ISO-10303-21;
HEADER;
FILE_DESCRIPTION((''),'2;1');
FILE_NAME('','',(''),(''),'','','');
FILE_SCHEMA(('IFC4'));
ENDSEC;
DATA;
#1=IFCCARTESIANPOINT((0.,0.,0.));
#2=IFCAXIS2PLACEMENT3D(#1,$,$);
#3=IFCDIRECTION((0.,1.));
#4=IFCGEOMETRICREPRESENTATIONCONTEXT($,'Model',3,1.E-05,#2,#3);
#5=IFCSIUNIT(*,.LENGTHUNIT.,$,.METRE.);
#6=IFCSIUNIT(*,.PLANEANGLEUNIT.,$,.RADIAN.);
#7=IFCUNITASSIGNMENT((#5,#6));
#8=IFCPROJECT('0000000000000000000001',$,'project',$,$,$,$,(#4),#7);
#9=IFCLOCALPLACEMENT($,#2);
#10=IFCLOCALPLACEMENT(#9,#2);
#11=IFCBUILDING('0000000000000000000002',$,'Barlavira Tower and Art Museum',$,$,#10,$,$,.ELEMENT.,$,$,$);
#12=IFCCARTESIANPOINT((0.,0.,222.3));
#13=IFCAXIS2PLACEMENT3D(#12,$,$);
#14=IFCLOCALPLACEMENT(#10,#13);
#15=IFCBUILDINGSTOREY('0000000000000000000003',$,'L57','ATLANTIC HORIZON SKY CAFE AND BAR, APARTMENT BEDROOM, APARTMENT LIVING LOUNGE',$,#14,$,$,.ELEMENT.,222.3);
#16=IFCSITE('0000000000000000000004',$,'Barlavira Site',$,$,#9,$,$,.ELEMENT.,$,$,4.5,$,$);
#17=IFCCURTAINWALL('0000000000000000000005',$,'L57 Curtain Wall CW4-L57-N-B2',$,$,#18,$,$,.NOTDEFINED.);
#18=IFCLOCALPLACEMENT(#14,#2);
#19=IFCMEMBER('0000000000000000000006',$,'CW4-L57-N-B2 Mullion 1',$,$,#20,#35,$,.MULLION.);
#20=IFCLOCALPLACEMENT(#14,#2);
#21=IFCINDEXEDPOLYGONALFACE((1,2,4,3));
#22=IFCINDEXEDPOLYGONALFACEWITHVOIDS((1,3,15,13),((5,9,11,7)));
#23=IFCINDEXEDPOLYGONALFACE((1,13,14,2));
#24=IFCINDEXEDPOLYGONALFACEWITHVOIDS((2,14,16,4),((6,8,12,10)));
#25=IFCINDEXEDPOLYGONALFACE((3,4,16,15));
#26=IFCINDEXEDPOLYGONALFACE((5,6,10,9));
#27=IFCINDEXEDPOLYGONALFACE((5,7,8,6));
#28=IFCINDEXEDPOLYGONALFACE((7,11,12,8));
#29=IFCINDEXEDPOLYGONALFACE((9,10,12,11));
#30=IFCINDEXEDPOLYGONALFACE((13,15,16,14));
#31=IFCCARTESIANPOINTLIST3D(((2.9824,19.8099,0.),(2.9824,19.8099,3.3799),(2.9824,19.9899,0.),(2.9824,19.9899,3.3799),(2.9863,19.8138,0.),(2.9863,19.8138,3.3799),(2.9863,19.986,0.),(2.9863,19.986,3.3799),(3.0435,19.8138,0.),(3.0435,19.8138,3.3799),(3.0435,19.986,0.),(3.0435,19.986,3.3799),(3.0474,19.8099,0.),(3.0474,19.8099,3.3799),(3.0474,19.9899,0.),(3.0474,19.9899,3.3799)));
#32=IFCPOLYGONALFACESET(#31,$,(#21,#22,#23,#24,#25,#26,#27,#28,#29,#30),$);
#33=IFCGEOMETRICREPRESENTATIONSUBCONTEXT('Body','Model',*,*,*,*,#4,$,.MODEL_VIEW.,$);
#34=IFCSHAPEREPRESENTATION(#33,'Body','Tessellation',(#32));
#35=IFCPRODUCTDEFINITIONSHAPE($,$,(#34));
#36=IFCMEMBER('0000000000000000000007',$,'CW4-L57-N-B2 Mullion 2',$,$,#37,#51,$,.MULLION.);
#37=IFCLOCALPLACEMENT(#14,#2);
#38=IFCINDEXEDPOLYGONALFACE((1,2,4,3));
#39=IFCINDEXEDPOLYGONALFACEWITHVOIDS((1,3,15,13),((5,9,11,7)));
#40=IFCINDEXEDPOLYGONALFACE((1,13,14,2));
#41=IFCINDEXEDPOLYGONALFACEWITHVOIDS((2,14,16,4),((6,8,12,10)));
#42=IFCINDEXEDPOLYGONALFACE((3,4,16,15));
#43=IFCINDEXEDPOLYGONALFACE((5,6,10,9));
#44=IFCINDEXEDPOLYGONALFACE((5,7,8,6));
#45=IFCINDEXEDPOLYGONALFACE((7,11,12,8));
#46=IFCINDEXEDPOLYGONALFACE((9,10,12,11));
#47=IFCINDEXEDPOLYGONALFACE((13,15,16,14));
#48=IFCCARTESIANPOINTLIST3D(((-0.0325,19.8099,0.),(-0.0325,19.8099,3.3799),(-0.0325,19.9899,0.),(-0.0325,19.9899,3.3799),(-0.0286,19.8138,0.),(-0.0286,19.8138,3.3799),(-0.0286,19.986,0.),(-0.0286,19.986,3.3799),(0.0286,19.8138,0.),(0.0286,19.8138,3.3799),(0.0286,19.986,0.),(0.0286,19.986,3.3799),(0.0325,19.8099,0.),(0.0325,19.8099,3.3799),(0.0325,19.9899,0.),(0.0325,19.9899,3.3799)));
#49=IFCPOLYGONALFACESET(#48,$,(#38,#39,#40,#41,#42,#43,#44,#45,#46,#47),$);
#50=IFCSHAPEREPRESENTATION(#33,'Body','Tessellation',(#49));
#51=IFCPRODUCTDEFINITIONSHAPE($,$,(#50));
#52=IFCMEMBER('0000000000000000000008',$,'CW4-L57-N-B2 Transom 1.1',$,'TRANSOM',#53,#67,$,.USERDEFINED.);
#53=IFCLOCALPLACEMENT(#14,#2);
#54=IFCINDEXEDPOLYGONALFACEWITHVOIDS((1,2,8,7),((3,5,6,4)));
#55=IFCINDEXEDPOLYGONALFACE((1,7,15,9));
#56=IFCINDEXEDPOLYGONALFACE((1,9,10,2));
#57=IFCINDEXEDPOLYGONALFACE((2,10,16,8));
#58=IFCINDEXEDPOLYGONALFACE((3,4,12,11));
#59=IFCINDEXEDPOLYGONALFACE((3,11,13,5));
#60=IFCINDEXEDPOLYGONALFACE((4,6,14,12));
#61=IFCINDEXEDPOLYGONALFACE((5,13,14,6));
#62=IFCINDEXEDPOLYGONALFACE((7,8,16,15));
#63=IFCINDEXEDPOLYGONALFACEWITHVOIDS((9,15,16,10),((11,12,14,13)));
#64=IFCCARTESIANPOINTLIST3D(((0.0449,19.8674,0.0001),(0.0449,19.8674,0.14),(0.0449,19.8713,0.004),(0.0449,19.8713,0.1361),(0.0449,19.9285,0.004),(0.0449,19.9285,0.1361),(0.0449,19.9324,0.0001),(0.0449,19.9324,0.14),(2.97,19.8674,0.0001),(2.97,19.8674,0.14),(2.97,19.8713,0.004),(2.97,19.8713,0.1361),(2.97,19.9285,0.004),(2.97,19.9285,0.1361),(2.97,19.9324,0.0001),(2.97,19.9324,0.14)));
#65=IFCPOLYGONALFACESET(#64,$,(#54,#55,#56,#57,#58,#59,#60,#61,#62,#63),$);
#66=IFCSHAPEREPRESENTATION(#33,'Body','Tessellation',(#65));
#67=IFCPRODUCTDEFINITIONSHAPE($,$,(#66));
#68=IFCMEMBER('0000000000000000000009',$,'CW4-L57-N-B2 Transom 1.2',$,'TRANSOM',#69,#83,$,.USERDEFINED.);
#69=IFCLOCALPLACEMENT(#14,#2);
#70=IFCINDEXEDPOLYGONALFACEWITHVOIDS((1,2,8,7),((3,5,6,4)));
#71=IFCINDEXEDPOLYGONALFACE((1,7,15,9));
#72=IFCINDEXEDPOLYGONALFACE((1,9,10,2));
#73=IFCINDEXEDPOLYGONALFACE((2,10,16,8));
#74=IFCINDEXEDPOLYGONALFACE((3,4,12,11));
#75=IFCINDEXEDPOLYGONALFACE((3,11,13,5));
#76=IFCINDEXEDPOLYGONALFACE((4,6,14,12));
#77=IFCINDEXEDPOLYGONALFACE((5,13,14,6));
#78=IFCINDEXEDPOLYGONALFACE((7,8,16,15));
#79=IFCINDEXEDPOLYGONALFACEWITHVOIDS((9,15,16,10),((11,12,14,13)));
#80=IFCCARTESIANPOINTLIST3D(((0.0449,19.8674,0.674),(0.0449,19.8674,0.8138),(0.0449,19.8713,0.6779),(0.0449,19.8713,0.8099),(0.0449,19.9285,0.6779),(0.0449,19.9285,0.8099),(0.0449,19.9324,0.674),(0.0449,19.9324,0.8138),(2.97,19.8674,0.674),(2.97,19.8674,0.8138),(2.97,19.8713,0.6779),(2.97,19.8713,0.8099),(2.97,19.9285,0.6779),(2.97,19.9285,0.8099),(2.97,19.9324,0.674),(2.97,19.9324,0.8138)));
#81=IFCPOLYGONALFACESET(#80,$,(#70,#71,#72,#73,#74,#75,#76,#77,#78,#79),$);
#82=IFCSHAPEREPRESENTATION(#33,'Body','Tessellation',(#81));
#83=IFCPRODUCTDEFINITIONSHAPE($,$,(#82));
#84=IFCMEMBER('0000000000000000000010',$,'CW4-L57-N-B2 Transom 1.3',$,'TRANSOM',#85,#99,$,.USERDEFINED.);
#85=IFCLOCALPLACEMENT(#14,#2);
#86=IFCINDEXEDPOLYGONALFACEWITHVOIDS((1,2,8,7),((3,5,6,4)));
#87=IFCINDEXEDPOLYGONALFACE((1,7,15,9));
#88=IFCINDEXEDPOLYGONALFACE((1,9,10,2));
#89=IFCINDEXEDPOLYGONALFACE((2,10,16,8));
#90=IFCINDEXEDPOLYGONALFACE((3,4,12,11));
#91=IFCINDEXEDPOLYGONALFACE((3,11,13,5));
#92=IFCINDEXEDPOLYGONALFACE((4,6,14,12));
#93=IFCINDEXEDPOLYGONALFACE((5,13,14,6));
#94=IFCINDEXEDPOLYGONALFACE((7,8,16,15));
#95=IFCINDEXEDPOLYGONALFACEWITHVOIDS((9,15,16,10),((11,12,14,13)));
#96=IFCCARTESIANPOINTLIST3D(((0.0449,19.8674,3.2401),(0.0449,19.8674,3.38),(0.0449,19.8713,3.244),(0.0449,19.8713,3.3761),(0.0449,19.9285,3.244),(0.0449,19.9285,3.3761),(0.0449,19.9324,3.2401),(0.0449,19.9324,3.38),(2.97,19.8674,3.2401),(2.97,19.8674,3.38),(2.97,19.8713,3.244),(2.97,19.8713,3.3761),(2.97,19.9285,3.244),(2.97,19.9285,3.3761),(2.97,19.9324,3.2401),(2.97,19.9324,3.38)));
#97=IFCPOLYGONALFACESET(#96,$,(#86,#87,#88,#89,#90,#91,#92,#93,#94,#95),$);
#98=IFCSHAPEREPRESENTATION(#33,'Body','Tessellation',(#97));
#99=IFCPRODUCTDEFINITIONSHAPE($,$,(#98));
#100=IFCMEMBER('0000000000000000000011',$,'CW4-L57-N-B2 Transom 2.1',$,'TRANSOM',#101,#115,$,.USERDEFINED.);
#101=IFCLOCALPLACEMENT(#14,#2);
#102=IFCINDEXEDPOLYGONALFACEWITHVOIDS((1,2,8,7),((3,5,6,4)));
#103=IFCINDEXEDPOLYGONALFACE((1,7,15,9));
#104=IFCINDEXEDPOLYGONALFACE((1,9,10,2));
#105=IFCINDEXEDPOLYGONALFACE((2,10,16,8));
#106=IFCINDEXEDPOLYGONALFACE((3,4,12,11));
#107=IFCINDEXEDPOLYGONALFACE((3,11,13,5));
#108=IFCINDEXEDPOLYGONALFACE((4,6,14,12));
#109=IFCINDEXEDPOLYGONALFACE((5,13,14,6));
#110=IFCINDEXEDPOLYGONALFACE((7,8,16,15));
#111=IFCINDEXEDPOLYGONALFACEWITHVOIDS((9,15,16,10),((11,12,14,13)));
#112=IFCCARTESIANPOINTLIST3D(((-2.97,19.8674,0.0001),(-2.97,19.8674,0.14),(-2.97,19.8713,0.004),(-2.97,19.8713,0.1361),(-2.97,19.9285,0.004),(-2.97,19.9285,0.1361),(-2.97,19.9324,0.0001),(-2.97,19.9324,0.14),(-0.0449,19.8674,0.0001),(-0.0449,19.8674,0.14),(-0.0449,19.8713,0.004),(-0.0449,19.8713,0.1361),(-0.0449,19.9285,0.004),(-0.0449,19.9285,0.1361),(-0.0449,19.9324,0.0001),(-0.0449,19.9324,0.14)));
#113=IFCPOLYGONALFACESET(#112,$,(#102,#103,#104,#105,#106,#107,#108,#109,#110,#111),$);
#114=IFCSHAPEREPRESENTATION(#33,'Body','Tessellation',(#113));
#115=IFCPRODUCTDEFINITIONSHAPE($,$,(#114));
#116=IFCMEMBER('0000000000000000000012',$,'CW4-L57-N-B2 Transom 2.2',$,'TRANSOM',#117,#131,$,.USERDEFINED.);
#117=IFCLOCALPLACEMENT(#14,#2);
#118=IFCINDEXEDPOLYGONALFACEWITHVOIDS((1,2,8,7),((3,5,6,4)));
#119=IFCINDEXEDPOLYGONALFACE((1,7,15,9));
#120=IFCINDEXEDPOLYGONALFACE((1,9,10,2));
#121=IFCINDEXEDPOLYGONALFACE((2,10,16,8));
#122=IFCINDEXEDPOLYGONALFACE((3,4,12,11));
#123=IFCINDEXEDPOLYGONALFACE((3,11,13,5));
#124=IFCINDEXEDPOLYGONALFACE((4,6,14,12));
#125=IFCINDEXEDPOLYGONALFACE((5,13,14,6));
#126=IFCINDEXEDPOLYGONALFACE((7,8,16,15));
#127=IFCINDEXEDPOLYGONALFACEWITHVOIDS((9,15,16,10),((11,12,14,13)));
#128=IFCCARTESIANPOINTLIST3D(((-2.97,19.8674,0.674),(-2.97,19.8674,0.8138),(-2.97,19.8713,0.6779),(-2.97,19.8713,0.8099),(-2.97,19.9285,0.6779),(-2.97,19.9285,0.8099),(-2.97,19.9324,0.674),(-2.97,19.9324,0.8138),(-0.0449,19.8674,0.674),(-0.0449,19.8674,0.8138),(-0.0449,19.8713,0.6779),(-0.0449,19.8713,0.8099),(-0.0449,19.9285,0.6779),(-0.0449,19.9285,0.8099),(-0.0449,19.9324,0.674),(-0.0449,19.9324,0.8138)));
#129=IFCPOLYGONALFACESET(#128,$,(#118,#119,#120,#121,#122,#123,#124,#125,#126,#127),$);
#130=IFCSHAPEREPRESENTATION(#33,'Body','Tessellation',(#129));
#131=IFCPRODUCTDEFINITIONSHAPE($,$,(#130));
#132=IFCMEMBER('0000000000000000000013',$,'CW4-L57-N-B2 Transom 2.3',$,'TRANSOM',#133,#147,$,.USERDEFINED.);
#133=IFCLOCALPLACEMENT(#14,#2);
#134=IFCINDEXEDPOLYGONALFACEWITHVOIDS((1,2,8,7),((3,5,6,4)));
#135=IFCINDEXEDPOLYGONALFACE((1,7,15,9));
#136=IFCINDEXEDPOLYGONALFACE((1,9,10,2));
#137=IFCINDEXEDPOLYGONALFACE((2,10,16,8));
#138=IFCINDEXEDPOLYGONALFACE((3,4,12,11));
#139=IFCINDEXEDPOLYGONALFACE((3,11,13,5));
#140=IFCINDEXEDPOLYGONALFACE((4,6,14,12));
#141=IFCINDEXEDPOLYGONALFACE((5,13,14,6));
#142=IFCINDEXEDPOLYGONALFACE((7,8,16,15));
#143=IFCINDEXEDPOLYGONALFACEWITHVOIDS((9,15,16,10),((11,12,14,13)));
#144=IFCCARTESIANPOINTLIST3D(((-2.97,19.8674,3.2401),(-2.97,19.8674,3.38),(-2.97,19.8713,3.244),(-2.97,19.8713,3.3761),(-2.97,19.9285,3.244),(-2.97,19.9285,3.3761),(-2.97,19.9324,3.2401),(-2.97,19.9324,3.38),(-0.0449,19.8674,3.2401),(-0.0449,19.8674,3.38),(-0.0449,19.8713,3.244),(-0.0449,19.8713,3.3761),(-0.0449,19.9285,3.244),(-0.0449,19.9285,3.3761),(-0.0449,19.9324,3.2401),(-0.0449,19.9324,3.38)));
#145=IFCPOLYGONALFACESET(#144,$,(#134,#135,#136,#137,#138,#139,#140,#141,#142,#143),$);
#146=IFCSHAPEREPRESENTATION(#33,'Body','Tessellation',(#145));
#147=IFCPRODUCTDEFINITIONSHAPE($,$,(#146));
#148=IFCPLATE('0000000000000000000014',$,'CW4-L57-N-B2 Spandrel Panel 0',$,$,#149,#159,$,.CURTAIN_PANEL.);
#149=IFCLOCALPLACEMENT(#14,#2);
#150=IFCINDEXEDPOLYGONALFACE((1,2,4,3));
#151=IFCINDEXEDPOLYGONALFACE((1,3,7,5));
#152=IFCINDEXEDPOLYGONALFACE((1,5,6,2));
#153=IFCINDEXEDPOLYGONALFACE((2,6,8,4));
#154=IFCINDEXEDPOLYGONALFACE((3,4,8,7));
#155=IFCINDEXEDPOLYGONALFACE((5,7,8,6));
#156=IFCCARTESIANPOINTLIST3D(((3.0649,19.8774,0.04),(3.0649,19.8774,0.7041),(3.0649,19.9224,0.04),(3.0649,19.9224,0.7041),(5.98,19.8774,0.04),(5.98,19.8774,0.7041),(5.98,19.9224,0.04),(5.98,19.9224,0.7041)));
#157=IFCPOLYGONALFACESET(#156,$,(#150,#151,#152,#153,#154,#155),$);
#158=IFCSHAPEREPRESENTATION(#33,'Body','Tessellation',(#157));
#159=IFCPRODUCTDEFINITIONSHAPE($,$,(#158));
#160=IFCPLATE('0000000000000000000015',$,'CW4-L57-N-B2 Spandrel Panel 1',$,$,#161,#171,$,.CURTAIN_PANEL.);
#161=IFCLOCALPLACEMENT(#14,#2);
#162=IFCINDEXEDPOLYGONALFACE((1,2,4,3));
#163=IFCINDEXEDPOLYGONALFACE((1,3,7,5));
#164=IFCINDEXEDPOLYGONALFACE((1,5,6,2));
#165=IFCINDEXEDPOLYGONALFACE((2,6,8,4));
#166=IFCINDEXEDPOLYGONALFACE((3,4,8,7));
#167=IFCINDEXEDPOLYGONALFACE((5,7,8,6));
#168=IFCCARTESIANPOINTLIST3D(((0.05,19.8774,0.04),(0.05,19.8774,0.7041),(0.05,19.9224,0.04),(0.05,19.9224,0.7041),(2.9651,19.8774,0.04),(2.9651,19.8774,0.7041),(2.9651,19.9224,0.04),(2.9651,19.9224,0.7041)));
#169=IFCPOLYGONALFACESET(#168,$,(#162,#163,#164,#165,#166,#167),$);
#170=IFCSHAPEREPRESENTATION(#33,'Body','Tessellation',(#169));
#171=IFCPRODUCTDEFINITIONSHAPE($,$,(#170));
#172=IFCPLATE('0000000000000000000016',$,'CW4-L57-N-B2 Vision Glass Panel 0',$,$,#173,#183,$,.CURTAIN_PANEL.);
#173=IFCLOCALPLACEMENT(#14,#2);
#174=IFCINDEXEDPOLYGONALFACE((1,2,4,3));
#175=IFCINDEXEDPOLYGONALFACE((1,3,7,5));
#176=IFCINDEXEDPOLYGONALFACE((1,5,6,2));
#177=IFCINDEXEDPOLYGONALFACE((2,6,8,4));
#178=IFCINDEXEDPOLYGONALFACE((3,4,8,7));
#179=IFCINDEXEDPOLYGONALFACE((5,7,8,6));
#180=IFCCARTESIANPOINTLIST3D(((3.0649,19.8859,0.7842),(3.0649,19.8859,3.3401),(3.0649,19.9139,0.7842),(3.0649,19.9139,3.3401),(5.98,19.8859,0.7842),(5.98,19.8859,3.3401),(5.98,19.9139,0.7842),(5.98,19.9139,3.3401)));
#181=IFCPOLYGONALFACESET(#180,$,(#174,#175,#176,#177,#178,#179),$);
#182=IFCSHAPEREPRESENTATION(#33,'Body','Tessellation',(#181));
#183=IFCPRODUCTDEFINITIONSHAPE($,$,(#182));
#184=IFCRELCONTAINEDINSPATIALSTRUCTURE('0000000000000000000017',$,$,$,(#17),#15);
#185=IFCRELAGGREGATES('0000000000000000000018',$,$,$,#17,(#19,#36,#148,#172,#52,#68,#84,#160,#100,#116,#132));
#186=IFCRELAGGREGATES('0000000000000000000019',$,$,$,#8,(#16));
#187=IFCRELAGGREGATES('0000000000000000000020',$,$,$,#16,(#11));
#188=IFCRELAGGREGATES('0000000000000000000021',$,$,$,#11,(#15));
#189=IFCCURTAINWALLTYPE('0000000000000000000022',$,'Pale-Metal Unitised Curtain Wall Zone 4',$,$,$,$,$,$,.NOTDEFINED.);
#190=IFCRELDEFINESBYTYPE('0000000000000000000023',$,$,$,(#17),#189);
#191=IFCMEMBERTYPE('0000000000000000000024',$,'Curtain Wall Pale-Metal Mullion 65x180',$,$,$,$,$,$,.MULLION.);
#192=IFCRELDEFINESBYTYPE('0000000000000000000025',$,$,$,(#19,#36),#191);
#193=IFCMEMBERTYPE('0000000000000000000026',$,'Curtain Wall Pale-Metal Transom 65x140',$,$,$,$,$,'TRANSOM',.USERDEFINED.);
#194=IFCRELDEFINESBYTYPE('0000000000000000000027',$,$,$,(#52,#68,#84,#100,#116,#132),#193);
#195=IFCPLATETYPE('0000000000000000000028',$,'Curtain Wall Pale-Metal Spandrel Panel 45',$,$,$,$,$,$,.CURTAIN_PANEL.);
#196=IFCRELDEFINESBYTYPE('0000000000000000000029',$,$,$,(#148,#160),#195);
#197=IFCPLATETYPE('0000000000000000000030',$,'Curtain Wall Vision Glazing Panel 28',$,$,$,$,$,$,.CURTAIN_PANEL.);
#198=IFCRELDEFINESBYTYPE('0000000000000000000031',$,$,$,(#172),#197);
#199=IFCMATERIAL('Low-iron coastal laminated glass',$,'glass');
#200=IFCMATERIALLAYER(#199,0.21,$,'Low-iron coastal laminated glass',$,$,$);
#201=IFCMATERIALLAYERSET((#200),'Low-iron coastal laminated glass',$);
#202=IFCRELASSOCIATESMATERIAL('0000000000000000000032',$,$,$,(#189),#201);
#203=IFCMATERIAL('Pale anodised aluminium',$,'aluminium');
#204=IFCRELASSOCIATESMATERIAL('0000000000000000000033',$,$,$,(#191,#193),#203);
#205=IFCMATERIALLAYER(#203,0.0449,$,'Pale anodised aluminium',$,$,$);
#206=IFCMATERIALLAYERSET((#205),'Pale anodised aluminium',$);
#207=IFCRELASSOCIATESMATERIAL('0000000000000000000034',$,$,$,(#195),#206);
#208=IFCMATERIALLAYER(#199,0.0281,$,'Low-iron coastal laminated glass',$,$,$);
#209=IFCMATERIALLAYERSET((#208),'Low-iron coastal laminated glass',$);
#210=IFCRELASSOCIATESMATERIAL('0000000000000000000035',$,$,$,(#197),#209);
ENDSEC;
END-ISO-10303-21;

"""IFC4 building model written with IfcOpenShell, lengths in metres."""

from ifc_helpers import new_model, si_unit, direction, frame, origin, origin_2d, place, context, subcontext, project, spatial, rectangle, hollow_rectangle, extrude, material, layer, layer_set, material_profile, profile_set, type_object, element, aggregate, save


model = new_model("IFC4")

# Units and contexts
model_context = context("Model", 3, precision=1e-05, world=origin(), true_north=direction((0.0, 1.0)))
body_context = subcontext(model_context, "Body", "Model", "MODEL_VIEW")
ifc_project = project(units=[si_unit("LENGTHUNIT", "METRE"), si_unit("PLANEANGLEUNIT", "RADIAN")], contexts=[model_context])

# Site, building, storey
site_placement = place(None, origin())
site = spatial("IfcSite", under=ifc_project, at=site_placement, Name="Barlavira Site", CompositionType="ELEMENT", RefElevation=4.5)
building_placement = place(site_placement, origin())
building = spatial("IfcBuilding", under=site, at=building_placement, Name="Barlavira Tower and Art Museum", CompositionType="ELEMENT")
storey_placement = place(building_placement, frame((0.0, 0.0, 222.3)))
storey = spatial("IfcBuildingStorey", under=building, at=storey_placement, Name="L57", Description="ATLANTIC HORIZON SKY CAFE AND BAR, APARTMENT BEDROOM, APARTMENT LIVING LOUNGE", CompositionType="ELEMENT", Elevation=222.3)

# Curtain wall, members, plates
ifc_material_1 = material(Name="Low-iron coastal laminated glass", Category="glass")
ifc_layer_1 = layer(ifc_material_1, 0.21, Name="Low-iron coastal laminated glass")
ifc_layer_set_1 = layer_set([ifc_layer_1], Name="Low-iron coastal laminated glass")
curtain_wall_type = type_object("IfcCurtainWallType", Name="Pale-Metal Unitised Curtain Wall Zone 4", PredefinedType="NOTDEFINED", material=ifc_layer_set_1)
curtain_wall_placement = place(storey_placement, origin())
curtain_wall = element("IfcCurtainWall", 1, at=curtain_wall_placement, inside=storey, type_object=curtain_wall_type, Name="L57 Curtain Wall CW4-L57-N-B2", PredefinedType="NOTDEFINED")
ifc_material_2 = material(Name="Pale anodised aluminium", Category="aluminium")
ifc_material_profile_1 = material_profile(ifc_material_2, hollow_rectangle(XDim=0.0649, YDim=0.1799, WallThickness=0.0039, at=origin_2d()), Name="ALU-MULL 65x180x4")
ifc_profile_set_1 = profile_set([ifc_material_profile_1], Name="Pale anodised aluminium")
member_type_1 = type_object("IfcMemberType", Name="Curtain Wall Pale-Metal Mullion 65x180", PredefinedType="MULLION", material=ifc_profile_set_1)
member_1_placement = place(storey_placement, frame((3.0149, 19.8999, 0.0), z_axis=(0.0, 0.0, 1.0), x_axis=(-1.0, 0.0, 0.0)))
member_1 = element("IfcMember", 2, at=member_1_placement, type_object=member_type_1, Name="CW4-L57-N-B2 Mullion 1", PredefinedType="MULLION", context=body_context, shape_type="SweptSolid", body=[
    extrude(hollow_rectangle(XDim=0.0649, YDim=0.1799, WallThickness=0.0039, at=origin_2d()), origin(), (0.0, 0.0, 1.0), 3.3799),
])
member_2_placement = place(storey_placement, frame((0.0, 19.8999, 0.0), z_axis=(0.0, 0.0, 1.0), x_axis=(-1.0, 0.0, 0.0)))
member_2 = element("IfcMember", 3, at=member_2_placement, type_object=member_type_1, Name="CW4-L57-N-B2 Mullion 2", PredefinedType="MULLION", context=body_context, shape_type="SweptSolid", body=[
    extrude(hollow_rectangle(XDim=0.0649, YDim=0.1799, WallThickness=0.0039, at=origin_2d()), origin(), (0.0, 0.0, 1.0), 3.3799),
])
ifc_material_profile_2 = material_profile(ifc_material_2, hollow_rectangle(XDim=0.0649, YDim=0.1399, WallThickness=0.0039, at=origin_2d()), Name="ALU-TRAN 65x140x4")
ifc_profile_set_2 = profile_set([ifc_material_profile_2], Name="Pale anodised aluminium")
member_type_2 = type_object("IfcMemberType", Name="Curtain Wall Pale-Metal Transom 65x140", ElementType="TRANSOM", PredefinedType="USERDEFINED", material=ifc_profile_set_2)
member_3_placement = place(storey_placement, frame((2.97, 19.8999, 0.0701), z_axis=(-1.0, 0.0, 0.0), x_axis=(0.0, -1.0, 0.0)))
member_3 = element("IfcMember", 4, at=member_3_placement, type_object=member_type_2, Name="CW4-L57-N-B2 Transom 1.1", ObjectType="TRANSOM", PredefinedType="USERDEFINED", context=body_context, shape_type="SweptSolid", body=[
    extrude(hollow_rectangle(XDim=0.0649, YDim=0.1399, WallThickness=0.0039, at=origin_2d()), origin(), (0.0, 0.0, 1.0), 2.925),
])
member_4_placement = place(storey_placement, frame((2.97, 19.8999, 0.7439), z_axis=(-1.0, 0.0, 0.0), x_axis=(0.0, -1.0, 0.0)))
member_4 = element("IfcMember", 5, at=member_4_placement, type_object=member_type_2, Name="CW4-L57-N-B2 Transom 1.2", ObjectType="TRANSOM", PredefinedType="USERDEFINED", context=body_context, shape_type="SweptSolid", body=[
    extrude(hollow_rectangle(XDim=0.0649, YDim=0.1399, WallThickness=0.0039, at=origin_2d()), origin(), (0.0, 0.0, 1.0), 2.925),
])
member_5_placement = place(storey_placement, frame((2.97, 19.8999, 3.3101), z_axis=(-1.0, 0.0, 0.0), x_axis=(0.0, -1.0, 0.0)))
member_5 = element("IfcMember", 6, at=member_5_placement, type_object=member_type_2, Name="CW4-L57-N-B2 Transom 1.3", ObjectType="TRANSOM", PredefinedType="USERDEFINED", context=body_context, shape_type="SweptSolid", body=[
    extrude(hollow_rectangle(XDim=0.0649, YDim=0.1399, WallThickness=0.0039, at=origin_2d()), origin(), (0.0, 0.0, 1.0), 2.925),
])
member_6_placement = place(storey_placement, frame((-0.0449, 19.8999, 0.0701), z_axis=(-1.0, 0.0, 0.0), x_axis=(0.0, -1.0, 0.0)))
member_6 = element("IfcMember", 7, at=member_6_placement, type_object=member_type_2, Name="CW4-L57-N-B2 Transom 2.1", ObjectType="TRANSOM", PredefinedType="USERDEFINED", context=body_context, shape_type="SweptSolid", body=[
    extrude(hollow_rectangle(XDim=0.0649, YDim=0.1399, WallThickness=0.0039, at=origin_2d()), origin(), (0.0, 0.0, 1.0), 2.925),
])
member_7_placement = place(storey_placement, frame((-0.0449, 19.8999, 0.7439), z_axis=(-1.0, 0.0, 0.0), x_axis=(0.0, -1.0, 0.0)))
member_7 = element("IfcMember", 8, at=member_7_placement, type_object=member_type_2, Name="CW4-L57-N-B2 Transom 2.2", ObjectType="TRANSOM", PredefinedType="USERDEFINED", context=body_context, shape_type="SweptSolid", body=[
    extrude(hollow_rectangle(XDim=0.0649, YDim=0.1399, WallThickness=0.0039, at=origin_2d()), origin(), (0.0, 0.0, 1.0), 2.925),
])
member_8_placement = place(storey_placement, frame((-0.0449, 19.8999, 3.3101), z_axis=(-1.0, 0.0, 0.0), x_axis=(0.0, -1.0, 0.0)))
member_8 = element("IfcMember", 9, at=member_8_placement, type_object=member_type_2, Name="CW4-L57-N-B2 Transom 2.3", ObjectType="TRANSOM", PredefinedType="USERDEFINED", context=body_context, shape_type="SweptSolid", body=[
    extrude(hollow_rectangle(XDim=0.0649, YDim=0.1399, WallThickness=0.0039, at=origin_2d()), origin(), (0.0, 0.0, 1.0), 2.925),
])
ifc_layer_2 = layer(ifc_material_2, 0.0449, Name="Pale anodised aluminium")
ifc_layer_set_2 = layer_set([ifc_layer_2], Name="Pale anodised aluminium")
plate_type_1 = type_object("IfcPlateType", Name="Curtain Wall Pale-Metal Spandrel Panel 45", PredefinedType="CURTAIN_PANEL", material=ifc_layer_set_2)
plate_1_placement = place(storey_placement, frame((4.5225, 19.8999, 0.04), z_axis=(0.0, 0.0, 1.0), x_axis=(-1.0, 0.0, 0.0)))
plate_1 = element("IfcPlate", 10, at=plate_1_placement, type_object=plate_type_1, Name="CW4-L57-N-B2 Spandrel Panel 0", PredefinedType="CURTAIN_PANEL", context=body_context, shape_type="SweptSolid", body=[
    extrude(rectangle(XDim=2.915, YDim=0.0449, at=origin_2d()), origin(), (0.0, 0.0, 1.0), 0.6641),
])
plate_2_placement = place(storey_placement, frame((1.5076, 19.8999, 0.04), z_axis=(0.0, 0.0, 1.0), x_axis=(-1.0, 0.0, 0.0)))
plate_2 = element("IfcPlate", 11, at=plate_2_placement, type_object=plate_type_1, Name="CW4-L57-N-B2 Spandrel Panel 1", PredefinedType="CURTAIN_PANEL", context=body_context, shape_type="SweptSolid", body=[
    extrude(rectangle(XDim=2.915, YDim=0.0449, at=origin_2d()), origin(), (0.0, 0.0, 1.0), 0.6641),
])
ifc_layer_3 = layer(ifc_material_1, 0.0281, Name="Low-iron coastal laminated glass")
ifc_layer_set_3 = layer_set([ifc_layer_3], Name="Low-iron coastal laminated glass")
plate_type_2 = type_object("IfcPlateType", Name="Curtain Wall Vision Glazing Panel 28", PredefinedType="CURTAIN_PANEL", material=ifc_layer_set_3)
plate_3_placement = place(storey_placement, frame((4.5225, 19.8999, 0.7842), z_axis=(0.0, 0.0, 1.0), x_axis=(-1.0, 0.0, 0.0)))
plate_3 = element("IfcPlate", 12, at=plate_3_placement, type_object=plate_type_2, Name="CW4-L57-N-B2 Vision Glass Panel 0", PredefinedType="CURTAIN_PANEL", context=body_context, shape_type="SweptSolid", body=[
    extrude(rectangle(XDim=2.915, YDim=0.0281, at=origin_2d()), origin(), (0.0, 0.0, 1.0), 2.5559),
])
aggregate(curtain_wall, [member_1, member_2, plate_1, plate_3, member_3, member_4, member_5, plate_2, member_6, member_7, member_8])

save(model, "model.ifc")
